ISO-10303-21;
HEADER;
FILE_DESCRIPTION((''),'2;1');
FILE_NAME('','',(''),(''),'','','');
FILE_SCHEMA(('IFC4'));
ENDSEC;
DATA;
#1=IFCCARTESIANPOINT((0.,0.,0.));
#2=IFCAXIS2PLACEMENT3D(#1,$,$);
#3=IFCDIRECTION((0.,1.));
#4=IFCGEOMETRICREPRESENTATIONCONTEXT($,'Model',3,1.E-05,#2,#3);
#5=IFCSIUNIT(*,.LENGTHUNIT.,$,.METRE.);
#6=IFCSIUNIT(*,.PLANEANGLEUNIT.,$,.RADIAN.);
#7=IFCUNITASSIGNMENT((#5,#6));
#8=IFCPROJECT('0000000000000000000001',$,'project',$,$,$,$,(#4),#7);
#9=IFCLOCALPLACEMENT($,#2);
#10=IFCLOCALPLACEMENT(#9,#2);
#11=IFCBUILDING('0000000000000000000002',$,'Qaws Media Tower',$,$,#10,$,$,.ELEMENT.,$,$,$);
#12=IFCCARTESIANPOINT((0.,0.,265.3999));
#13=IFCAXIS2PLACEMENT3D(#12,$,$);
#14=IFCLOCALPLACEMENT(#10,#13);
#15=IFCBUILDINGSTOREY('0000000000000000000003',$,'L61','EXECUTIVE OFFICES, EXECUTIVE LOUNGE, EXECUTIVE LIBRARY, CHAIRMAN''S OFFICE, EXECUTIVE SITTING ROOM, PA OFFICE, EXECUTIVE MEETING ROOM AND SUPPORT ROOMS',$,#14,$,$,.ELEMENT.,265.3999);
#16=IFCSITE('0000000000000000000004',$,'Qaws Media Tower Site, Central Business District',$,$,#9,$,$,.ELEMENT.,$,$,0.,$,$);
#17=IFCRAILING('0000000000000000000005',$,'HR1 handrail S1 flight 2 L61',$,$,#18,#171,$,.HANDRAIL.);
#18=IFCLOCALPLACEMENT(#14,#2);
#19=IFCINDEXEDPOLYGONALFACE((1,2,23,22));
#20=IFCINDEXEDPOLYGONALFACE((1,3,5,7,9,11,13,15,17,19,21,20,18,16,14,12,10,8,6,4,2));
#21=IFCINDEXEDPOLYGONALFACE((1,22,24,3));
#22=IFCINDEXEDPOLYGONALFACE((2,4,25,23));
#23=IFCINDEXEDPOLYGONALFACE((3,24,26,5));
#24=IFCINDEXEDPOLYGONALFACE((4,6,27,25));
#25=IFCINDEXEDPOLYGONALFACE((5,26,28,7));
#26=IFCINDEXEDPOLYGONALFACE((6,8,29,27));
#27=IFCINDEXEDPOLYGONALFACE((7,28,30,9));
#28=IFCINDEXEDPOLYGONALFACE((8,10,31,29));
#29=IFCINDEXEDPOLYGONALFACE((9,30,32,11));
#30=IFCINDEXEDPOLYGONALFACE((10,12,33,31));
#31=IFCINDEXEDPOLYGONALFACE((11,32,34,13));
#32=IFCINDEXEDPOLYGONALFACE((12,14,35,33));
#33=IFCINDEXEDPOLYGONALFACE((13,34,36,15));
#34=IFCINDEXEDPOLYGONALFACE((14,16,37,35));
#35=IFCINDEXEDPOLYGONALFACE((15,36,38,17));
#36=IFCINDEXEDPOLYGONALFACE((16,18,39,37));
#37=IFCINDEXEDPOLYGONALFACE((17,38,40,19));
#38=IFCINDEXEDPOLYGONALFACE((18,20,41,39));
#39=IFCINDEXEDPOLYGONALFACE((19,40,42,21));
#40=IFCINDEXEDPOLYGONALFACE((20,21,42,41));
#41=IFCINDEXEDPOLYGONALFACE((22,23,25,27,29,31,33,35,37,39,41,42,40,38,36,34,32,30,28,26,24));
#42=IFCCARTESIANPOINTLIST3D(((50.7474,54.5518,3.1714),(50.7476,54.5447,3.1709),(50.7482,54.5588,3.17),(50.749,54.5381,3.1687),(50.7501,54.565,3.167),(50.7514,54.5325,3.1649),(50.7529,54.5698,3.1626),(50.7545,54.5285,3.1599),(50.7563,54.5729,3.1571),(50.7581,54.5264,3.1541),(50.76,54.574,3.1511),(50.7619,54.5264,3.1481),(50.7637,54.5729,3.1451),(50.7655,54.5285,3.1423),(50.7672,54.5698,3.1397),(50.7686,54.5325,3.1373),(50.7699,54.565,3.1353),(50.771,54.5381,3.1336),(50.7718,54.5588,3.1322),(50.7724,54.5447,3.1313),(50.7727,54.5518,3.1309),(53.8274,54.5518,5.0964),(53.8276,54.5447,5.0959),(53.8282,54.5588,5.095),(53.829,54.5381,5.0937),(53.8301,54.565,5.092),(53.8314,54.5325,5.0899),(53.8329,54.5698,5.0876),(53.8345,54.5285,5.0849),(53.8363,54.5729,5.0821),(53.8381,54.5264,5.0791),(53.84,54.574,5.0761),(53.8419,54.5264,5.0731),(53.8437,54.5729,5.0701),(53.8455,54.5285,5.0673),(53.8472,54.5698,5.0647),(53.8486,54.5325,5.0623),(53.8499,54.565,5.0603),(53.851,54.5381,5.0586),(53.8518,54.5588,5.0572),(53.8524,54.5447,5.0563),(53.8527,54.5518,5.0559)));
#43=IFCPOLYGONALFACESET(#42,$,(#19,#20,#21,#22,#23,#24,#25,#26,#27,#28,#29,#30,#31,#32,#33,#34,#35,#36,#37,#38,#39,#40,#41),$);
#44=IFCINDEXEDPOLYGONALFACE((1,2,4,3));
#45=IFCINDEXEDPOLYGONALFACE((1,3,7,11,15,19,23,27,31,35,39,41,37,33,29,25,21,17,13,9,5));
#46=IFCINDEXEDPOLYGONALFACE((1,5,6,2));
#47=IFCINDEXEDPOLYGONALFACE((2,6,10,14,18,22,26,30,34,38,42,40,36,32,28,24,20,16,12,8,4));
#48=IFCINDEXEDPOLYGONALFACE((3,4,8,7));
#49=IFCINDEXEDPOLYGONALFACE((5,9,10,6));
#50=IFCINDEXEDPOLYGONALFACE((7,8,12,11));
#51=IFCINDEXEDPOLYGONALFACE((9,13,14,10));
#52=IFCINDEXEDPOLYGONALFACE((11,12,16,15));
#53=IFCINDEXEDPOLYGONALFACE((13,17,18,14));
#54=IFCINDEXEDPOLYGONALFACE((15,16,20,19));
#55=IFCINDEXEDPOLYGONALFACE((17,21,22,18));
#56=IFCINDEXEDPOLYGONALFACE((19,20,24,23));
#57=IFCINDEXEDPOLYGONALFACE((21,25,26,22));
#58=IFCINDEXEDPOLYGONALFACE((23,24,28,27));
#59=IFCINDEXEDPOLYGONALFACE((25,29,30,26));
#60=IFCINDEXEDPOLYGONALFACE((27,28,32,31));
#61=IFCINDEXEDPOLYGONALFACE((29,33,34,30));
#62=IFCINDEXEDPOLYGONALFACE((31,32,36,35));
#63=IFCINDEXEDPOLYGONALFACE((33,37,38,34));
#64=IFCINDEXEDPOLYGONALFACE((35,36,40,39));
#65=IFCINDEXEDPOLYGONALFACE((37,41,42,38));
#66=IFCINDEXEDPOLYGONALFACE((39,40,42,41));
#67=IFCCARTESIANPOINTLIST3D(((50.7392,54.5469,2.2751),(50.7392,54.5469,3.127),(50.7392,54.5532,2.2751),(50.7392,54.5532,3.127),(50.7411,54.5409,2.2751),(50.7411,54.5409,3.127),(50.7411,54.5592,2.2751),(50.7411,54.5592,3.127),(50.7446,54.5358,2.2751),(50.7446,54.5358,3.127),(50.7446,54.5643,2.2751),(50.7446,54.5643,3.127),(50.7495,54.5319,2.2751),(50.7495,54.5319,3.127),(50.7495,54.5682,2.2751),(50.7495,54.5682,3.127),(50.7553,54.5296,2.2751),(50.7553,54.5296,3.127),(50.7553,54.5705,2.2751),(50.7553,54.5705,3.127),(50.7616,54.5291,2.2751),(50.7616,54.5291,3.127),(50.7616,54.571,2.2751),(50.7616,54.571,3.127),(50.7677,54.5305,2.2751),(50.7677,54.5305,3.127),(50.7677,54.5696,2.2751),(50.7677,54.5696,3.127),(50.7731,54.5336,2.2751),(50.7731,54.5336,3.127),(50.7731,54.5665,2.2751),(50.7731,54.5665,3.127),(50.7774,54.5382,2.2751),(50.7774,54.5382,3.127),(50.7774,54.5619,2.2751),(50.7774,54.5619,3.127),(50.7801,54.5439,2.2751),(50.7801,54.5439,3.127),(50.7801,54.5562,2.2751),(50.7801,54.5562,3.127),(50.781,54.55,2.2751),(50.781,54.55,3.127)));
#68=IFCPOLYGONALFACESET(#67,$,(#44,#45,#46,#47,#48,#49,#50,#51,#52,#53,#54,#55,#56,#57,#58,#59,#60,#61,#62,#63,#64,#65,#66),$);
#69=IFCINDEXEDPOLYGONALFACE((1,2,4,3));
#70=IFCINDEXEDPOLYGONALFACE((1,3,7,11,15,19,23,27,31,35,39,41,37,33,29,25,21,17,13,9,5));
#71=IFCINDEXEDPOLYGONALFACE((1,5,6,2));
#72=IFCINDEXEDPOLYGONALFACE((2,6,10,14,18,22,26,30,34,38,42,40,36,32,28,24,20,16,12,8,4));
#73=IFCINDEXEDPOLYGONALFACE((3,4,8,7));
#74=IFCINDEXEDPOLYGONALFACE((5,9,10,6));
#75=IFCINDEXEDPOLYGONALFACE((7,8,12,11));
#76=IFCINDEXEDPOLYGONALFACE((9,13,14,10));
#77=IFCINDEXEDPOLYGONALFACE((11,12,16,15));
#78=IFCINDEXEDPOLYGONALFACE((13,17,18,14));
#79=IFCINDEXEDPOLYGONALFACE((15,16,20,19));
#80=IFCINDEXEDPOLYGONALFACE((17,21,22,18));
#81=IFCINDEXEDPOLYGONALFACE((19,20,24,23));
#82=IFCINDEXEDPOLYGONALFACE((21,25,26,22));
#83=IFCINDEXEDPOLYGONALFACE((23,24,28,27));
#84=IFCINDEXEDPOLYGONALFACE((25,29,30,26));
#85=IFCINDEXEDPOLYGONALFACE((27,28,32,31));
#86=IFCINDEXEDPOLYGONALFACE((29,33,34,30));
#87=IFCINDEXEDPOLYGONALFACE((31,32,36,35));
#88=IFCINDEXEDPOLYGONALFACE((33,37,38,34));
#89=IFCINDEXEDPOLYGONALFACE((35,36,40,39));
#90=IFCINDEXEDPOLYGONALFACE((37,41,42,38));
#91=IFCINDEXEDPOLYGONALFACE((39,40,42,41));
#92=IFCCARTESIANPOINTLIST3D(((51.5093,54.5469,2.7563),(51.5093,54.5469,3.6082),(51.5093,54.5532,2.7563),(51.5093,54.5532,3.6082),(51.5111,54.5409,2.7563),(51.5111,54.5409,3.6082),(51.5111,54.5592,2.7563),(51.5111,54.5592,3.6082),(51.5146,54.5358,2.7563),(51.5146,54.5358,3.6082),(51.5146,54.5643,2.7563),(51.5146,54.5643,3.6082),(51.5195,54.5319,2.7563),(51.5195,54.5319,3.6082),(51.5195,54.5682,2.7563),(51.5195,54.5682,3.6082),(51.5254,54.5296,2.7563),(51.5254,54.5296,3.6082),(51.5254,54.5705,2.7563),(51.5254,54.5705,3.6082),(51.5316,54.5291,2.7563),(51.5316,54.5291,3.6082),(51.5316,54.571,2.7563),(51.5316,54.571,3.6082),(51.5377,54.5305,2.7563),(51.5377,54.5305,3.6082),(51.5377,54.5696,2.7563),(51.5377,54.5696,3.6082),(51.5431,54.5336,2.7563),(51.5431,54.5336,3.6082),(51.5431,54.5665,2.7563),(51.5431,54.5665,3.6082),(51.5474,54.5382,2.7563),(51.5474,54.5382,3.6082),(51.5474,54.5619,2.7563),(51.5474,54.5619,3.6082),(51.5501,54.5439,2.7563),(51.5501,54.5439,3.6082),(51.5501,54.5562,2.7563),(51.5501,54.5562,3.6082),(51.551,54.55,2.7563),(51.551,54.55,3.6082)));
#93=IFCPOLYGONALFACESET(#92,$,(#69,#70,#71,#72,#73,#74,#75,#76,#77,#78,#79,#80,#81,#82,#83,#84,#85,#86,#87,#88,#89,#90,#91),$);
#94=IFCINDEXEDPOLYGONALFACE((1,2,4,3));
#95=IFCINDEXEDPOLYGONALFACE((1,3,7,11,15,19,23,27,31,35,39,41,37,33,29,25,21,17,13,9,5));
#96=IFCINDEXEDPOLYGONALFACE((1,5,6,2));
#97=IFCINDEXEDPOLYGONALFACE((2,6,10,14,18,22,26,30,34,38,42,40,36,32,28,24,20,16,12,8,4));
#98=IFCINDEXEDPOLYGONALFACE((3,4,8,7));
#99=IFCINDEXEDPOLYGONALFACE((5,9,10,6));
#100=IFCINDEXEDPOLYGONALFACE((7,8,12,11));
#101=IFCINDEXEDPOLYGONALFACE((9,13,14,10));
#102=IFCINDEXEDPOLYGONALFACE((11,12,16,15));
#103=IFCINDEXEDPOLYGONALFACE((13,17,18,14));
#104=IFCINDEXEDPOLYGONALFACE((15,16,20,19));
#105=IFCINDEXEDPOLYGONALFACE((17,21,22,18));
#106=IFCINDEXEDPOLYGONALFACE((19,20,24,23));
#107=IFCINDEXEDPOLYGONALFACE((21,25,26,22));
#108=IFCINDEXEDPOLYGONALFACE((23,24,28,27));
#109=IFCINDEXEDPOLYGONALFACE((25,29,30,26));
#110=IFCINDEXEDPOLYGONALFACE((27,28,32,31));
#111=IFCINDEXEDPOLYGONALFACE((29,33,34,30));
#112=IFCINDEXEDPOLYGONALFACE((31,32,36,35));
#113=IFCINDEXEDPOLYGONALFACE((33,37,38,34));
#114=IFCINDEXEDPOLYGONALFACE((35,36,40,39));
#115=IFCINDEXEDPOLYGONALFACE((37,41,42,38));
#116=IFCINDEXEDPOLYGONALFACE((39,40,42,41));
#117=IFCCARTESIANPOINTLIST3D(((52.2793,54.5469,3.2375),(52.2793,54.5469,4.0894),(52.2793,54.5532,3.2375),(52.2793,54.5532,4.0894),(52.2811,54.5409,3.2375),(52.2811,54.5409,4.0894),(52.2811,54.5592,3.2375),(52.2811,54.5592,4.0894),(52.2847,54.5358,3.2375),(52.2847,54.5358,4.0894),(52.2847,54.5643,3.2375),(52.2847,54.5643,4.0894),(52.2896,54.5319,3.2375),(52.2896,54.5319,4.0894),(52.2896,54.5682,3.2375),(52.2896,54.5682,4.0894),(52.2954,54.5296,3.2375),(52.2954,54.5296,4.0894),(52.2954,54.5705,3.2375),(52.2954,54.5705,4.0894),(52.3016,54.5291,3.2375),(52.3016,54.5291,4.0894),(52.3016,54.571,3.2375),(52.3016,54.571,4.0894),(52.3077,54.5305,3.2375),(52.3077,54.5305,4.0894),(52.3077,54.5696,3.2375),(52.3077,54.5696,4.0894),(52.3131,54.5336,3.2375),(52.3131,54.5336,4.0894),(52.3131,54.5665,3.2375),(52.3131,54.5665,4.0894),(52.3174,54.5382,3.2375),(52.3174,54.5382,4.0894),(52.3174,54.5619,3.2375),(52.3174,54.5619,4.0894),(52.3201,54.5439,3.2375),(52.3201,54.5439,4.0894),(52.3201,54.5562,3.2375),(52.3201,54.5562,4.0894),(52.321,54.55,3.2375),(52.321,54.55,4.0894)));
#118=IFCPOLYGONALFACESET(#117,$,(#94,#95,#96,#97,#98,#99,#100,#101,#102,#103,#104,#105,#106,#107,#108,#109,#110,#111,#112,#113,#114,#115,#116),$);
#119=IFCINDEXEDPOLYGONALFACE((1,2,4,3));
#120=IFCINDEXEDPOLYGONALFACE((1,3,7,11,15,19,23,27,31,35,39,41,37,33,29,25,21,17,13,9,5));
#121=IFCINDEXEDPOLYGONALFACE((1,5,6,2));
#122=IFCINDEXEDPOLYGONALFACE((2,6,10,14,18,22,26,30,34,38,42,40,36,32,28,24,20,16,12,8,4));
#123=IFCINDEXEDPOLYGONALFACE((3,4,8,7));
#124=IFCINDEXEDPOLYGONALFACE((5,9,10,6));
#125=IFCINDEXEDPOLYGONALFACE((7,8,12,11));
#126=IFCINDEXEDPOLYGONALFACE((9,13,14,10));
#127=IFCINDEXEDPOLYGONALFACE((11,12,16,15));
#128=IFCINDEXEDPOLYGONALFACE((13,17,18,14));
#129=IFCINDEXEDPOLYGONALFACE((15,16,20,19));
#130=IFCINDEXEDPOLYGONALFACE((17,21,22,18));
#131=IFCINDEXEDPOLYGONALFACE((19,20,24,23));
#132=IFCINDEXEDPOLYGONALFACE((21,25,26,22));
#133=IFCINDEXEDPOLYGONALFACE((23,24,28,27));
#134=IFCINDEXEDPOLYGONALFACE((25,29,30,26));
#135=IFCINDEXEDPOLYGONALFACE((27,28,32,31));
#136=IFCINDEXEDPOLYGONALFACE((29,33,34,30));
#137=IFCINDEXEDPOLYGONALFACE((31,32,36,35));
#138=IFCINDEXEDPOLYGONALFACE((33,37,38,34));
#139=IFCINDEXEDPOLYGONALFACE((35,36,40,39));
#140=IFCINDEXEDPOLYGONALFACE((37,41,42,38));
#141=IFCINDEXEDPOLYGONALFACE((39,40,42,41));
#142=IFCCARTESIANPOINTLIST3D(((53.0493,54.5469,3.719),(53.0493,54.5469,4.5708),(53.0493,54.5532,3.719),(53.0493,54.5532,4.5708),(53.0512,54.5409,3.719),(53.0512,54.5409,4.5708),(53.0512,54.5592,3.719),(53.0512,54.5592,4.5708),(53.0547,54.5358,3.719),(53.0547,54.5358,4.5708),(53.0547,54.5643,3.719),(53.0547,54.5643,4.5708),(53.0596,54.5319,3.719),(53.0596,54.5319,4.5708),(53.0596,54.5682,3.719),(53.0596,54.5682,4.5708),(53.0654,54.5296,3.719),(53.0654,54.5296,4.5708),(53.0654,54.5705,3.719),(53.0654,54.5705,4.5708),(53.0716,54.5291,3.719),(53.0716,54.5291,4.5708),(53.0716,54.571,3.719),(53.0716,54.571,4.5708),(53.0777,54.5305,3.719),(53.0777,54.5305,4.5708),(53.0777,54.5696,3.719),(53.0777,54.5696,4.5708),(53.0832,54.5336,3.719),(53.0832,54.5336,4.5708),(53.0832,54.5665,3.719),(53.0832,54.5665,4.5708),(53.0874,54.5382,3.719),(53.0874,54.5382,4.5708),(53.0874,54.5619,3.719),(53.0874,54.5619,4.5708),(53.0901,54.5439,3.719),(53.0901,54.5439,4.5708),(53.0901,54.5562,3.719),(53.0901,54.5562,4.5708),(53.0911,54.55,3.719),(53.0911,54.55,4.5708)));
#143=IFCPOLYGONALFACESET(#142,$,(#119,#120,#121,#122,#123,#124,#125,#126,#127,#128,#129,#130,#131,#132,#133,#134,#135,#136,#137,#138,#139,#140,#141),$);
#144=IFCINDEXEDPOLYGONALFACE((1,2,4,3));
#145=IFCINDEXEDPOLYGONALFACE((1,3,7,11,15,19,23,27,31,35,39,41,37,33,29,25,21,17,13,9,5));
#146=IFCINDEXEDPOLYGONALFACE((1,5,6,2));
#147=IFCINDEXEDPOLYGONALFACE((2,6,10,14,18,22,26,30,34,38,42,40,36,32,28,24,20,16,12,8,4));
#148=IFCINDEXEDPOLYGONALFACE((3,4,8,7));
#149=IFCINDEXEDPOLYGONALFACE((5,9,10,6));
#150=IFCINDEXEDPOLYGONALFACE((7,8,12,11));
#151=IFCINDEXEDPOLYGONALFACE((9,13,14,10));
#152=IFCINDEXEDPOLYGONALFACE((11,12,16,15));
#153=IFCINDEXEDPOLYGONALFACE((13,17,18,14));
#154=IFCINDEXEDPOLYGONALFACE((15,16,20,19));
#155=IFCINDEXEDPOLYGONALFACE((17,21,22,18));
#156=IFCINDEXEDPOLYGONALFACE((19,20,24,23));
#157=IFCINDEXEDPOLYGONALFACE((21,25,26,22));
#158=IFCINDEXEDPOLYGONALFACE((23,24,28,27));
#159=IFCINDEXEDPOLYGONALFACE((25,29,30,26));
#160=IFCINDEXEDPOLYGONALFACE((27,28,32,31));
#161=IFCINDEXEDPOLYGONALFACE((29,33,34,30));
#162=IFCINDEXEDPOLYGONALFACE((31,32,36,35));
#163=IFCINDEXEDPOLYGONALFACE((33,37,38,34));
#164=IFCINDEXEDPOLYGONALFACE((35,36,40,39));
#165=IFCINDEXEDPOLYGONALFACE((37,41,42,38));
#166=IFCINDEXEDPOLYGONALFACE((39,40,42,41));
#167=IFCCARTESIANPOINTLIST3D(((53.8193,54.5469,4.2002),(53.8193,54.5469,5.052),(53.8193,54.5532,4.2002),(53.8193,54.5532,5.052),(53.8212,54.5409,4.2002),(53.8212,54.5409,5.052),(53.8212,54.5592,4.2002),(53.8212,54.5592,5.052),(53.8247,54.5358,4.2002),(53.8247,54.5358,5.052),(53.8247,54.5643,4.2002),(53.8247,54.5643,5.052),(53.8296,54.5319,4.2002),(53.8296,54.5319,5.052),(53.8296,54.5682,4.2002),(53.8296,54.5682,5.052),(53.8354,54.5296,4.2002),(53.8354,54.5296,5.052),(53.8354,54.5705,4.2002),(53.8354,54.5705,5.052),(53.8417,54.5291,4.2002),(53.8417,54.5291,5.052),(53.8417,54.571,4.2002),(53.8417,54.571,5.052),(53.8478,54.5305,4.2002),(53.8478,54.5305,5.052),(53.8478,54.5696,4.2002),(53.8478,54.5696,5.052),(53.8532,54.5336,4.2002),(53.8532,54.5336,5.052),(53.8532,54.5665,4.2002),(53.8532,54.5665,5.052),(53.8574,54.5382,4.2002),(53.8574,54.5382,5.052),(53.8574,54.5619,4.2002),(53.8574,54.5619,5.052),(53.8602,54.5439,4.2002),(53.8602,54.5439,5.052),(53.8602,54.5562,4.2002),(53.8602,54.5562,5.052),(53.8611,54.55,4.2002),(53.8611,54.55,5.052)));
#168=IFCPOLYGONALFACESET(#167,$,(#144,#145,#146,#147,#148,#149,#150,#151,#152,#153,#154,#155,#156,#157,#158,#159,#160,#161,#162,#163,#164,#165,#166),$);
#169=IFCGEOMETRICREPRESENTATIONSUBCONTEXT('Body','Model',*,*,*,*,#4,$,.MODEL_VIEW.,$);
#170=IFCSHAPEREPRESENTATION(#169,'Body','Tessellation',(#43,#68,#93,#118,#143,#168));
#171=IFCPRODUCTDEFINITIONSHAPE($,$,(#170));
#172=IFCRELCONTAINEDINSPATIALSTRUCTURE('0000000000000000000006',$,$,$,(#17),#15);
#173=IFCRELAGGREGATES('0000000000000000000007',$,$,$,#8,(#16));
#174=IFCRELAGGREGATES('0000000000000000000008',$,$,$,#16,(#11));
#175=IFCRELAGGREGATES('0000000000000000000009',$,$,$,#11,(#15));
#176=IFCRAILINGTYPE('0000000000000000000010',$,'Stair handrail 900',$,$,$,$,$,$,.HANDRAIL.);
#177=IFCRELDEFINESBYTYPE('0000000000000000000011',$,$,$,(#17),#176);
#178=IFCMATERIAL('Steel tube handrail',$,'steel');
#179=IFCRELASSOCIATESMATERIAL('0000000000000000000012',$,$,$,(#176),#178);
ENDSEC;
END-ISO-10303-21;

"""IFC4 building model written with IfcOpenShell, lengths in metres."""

from ifc_helpers import new_model, si_unit, direction, frame, origin, origin_2d, place, context, subcontext, project, spatial, circle, extrude, material, type_object, element, save


model = new_model("IFC4")

# Units and contexts
model_context = context("Model", 3, precision=1e-05, world=origin(), true_north=direction((0.0, 1.0)))
body_context = subcontext(model_context, "Body", "Model", "MODEL_VIEW")
ifc_project = project(units=[si_unit("LENGTHUNIT", "METRE"), si_unit("PLANEANGLEUNIT", "RADIAN")], contexts=[model_context])

# Site, building, storey
site_placement = place(None, origin())
site = spatial("IfcSite", under=ifc_project, at=site_placement, Name="Qaws Media Tower Site, Central Business District", CompositionType="ELEMENT", RefElevation=0.0)
building_placement = place(site_placement, origin())
building = spatial("IfcBuilding", under=site, at=building_placement, Name="Qaws Media Tower", CompositionType="ELEMENT")
storey_placement = place(building_placement, frame((0.0, 0.0, 265.3999)))
storey = spatial("IfcBuildingStorey", under=building, at=storey_placement, Name="L61", Description="EXECUTIVE OFFICES, EXECUTIVE LOUNGE, EXECUTIVE LIBRARY, CHAIRMAN'S OFFICE, EXECUTIVE SITTING ROOM, PA OFFICE, EXECUTIVE MEETING ROOM AND SUPPORT ROOMS", CompositionType="ELEMENT", Elevation=265.3999)

# Railing
ifc_material_1 = material(Name="Steel tube handrail", Category="steel")
railing_type = type_object("IfcRailingType", Name="Stair handrail 900", PredefinedType="HANDRAIL", material=ifc_material_1)
for number, where, name in (
    (1, (50.76, 54.55, 2.2751), "HR1 handrail S1 flight 2 L61"),
):
    element("IfcRailing", number, at=place(storey_placement, frame(where)), inside=storey, type_object=railing_type, Name=name, PredefinedType="HANDRAIL", context=body_context, shape_type="SweptSolid", body=[
        extrude(circle(Radius=0.0239, at=origin_2d()), frame((0.0, 0.0, 0.876), z_axis=(0.847998, 0.0, 0.529999), x_axis=(0.0, 1.0, 0.0)), (0.0, 0.0, 1.0), 3.6321),
        extrude(circle(Radius=0.021, at=origin_2d()), origin(), (0.0, 0.0, 1.0), 0.8518),
        extrude(circle(Radius=0.021, at=origin_2d()), frame((0.77, 0.0, 0.4812)), (0.0, 0.0, 1.0), 0.8518),
        extrude(circle(Radius=0.021, at=origin_2d()), frame((1.54, 0.0, 0.9624)), (0.0, 0.0, 1.0), 0.8518),
        extrude(circle(Radius=0.021, at=origin_2d()), frame((2.3101, 0.0, 1.4438)), (0.0, 0.0, 1.0), 0.8518),
        extrude(circle(Radius=0.021, at=origin_2d()), frame((3.0801, 0.0, 1.925)), (0.0, 0.0, 1.0), 0.8518),
    ])

save(model, "model.ifc")
